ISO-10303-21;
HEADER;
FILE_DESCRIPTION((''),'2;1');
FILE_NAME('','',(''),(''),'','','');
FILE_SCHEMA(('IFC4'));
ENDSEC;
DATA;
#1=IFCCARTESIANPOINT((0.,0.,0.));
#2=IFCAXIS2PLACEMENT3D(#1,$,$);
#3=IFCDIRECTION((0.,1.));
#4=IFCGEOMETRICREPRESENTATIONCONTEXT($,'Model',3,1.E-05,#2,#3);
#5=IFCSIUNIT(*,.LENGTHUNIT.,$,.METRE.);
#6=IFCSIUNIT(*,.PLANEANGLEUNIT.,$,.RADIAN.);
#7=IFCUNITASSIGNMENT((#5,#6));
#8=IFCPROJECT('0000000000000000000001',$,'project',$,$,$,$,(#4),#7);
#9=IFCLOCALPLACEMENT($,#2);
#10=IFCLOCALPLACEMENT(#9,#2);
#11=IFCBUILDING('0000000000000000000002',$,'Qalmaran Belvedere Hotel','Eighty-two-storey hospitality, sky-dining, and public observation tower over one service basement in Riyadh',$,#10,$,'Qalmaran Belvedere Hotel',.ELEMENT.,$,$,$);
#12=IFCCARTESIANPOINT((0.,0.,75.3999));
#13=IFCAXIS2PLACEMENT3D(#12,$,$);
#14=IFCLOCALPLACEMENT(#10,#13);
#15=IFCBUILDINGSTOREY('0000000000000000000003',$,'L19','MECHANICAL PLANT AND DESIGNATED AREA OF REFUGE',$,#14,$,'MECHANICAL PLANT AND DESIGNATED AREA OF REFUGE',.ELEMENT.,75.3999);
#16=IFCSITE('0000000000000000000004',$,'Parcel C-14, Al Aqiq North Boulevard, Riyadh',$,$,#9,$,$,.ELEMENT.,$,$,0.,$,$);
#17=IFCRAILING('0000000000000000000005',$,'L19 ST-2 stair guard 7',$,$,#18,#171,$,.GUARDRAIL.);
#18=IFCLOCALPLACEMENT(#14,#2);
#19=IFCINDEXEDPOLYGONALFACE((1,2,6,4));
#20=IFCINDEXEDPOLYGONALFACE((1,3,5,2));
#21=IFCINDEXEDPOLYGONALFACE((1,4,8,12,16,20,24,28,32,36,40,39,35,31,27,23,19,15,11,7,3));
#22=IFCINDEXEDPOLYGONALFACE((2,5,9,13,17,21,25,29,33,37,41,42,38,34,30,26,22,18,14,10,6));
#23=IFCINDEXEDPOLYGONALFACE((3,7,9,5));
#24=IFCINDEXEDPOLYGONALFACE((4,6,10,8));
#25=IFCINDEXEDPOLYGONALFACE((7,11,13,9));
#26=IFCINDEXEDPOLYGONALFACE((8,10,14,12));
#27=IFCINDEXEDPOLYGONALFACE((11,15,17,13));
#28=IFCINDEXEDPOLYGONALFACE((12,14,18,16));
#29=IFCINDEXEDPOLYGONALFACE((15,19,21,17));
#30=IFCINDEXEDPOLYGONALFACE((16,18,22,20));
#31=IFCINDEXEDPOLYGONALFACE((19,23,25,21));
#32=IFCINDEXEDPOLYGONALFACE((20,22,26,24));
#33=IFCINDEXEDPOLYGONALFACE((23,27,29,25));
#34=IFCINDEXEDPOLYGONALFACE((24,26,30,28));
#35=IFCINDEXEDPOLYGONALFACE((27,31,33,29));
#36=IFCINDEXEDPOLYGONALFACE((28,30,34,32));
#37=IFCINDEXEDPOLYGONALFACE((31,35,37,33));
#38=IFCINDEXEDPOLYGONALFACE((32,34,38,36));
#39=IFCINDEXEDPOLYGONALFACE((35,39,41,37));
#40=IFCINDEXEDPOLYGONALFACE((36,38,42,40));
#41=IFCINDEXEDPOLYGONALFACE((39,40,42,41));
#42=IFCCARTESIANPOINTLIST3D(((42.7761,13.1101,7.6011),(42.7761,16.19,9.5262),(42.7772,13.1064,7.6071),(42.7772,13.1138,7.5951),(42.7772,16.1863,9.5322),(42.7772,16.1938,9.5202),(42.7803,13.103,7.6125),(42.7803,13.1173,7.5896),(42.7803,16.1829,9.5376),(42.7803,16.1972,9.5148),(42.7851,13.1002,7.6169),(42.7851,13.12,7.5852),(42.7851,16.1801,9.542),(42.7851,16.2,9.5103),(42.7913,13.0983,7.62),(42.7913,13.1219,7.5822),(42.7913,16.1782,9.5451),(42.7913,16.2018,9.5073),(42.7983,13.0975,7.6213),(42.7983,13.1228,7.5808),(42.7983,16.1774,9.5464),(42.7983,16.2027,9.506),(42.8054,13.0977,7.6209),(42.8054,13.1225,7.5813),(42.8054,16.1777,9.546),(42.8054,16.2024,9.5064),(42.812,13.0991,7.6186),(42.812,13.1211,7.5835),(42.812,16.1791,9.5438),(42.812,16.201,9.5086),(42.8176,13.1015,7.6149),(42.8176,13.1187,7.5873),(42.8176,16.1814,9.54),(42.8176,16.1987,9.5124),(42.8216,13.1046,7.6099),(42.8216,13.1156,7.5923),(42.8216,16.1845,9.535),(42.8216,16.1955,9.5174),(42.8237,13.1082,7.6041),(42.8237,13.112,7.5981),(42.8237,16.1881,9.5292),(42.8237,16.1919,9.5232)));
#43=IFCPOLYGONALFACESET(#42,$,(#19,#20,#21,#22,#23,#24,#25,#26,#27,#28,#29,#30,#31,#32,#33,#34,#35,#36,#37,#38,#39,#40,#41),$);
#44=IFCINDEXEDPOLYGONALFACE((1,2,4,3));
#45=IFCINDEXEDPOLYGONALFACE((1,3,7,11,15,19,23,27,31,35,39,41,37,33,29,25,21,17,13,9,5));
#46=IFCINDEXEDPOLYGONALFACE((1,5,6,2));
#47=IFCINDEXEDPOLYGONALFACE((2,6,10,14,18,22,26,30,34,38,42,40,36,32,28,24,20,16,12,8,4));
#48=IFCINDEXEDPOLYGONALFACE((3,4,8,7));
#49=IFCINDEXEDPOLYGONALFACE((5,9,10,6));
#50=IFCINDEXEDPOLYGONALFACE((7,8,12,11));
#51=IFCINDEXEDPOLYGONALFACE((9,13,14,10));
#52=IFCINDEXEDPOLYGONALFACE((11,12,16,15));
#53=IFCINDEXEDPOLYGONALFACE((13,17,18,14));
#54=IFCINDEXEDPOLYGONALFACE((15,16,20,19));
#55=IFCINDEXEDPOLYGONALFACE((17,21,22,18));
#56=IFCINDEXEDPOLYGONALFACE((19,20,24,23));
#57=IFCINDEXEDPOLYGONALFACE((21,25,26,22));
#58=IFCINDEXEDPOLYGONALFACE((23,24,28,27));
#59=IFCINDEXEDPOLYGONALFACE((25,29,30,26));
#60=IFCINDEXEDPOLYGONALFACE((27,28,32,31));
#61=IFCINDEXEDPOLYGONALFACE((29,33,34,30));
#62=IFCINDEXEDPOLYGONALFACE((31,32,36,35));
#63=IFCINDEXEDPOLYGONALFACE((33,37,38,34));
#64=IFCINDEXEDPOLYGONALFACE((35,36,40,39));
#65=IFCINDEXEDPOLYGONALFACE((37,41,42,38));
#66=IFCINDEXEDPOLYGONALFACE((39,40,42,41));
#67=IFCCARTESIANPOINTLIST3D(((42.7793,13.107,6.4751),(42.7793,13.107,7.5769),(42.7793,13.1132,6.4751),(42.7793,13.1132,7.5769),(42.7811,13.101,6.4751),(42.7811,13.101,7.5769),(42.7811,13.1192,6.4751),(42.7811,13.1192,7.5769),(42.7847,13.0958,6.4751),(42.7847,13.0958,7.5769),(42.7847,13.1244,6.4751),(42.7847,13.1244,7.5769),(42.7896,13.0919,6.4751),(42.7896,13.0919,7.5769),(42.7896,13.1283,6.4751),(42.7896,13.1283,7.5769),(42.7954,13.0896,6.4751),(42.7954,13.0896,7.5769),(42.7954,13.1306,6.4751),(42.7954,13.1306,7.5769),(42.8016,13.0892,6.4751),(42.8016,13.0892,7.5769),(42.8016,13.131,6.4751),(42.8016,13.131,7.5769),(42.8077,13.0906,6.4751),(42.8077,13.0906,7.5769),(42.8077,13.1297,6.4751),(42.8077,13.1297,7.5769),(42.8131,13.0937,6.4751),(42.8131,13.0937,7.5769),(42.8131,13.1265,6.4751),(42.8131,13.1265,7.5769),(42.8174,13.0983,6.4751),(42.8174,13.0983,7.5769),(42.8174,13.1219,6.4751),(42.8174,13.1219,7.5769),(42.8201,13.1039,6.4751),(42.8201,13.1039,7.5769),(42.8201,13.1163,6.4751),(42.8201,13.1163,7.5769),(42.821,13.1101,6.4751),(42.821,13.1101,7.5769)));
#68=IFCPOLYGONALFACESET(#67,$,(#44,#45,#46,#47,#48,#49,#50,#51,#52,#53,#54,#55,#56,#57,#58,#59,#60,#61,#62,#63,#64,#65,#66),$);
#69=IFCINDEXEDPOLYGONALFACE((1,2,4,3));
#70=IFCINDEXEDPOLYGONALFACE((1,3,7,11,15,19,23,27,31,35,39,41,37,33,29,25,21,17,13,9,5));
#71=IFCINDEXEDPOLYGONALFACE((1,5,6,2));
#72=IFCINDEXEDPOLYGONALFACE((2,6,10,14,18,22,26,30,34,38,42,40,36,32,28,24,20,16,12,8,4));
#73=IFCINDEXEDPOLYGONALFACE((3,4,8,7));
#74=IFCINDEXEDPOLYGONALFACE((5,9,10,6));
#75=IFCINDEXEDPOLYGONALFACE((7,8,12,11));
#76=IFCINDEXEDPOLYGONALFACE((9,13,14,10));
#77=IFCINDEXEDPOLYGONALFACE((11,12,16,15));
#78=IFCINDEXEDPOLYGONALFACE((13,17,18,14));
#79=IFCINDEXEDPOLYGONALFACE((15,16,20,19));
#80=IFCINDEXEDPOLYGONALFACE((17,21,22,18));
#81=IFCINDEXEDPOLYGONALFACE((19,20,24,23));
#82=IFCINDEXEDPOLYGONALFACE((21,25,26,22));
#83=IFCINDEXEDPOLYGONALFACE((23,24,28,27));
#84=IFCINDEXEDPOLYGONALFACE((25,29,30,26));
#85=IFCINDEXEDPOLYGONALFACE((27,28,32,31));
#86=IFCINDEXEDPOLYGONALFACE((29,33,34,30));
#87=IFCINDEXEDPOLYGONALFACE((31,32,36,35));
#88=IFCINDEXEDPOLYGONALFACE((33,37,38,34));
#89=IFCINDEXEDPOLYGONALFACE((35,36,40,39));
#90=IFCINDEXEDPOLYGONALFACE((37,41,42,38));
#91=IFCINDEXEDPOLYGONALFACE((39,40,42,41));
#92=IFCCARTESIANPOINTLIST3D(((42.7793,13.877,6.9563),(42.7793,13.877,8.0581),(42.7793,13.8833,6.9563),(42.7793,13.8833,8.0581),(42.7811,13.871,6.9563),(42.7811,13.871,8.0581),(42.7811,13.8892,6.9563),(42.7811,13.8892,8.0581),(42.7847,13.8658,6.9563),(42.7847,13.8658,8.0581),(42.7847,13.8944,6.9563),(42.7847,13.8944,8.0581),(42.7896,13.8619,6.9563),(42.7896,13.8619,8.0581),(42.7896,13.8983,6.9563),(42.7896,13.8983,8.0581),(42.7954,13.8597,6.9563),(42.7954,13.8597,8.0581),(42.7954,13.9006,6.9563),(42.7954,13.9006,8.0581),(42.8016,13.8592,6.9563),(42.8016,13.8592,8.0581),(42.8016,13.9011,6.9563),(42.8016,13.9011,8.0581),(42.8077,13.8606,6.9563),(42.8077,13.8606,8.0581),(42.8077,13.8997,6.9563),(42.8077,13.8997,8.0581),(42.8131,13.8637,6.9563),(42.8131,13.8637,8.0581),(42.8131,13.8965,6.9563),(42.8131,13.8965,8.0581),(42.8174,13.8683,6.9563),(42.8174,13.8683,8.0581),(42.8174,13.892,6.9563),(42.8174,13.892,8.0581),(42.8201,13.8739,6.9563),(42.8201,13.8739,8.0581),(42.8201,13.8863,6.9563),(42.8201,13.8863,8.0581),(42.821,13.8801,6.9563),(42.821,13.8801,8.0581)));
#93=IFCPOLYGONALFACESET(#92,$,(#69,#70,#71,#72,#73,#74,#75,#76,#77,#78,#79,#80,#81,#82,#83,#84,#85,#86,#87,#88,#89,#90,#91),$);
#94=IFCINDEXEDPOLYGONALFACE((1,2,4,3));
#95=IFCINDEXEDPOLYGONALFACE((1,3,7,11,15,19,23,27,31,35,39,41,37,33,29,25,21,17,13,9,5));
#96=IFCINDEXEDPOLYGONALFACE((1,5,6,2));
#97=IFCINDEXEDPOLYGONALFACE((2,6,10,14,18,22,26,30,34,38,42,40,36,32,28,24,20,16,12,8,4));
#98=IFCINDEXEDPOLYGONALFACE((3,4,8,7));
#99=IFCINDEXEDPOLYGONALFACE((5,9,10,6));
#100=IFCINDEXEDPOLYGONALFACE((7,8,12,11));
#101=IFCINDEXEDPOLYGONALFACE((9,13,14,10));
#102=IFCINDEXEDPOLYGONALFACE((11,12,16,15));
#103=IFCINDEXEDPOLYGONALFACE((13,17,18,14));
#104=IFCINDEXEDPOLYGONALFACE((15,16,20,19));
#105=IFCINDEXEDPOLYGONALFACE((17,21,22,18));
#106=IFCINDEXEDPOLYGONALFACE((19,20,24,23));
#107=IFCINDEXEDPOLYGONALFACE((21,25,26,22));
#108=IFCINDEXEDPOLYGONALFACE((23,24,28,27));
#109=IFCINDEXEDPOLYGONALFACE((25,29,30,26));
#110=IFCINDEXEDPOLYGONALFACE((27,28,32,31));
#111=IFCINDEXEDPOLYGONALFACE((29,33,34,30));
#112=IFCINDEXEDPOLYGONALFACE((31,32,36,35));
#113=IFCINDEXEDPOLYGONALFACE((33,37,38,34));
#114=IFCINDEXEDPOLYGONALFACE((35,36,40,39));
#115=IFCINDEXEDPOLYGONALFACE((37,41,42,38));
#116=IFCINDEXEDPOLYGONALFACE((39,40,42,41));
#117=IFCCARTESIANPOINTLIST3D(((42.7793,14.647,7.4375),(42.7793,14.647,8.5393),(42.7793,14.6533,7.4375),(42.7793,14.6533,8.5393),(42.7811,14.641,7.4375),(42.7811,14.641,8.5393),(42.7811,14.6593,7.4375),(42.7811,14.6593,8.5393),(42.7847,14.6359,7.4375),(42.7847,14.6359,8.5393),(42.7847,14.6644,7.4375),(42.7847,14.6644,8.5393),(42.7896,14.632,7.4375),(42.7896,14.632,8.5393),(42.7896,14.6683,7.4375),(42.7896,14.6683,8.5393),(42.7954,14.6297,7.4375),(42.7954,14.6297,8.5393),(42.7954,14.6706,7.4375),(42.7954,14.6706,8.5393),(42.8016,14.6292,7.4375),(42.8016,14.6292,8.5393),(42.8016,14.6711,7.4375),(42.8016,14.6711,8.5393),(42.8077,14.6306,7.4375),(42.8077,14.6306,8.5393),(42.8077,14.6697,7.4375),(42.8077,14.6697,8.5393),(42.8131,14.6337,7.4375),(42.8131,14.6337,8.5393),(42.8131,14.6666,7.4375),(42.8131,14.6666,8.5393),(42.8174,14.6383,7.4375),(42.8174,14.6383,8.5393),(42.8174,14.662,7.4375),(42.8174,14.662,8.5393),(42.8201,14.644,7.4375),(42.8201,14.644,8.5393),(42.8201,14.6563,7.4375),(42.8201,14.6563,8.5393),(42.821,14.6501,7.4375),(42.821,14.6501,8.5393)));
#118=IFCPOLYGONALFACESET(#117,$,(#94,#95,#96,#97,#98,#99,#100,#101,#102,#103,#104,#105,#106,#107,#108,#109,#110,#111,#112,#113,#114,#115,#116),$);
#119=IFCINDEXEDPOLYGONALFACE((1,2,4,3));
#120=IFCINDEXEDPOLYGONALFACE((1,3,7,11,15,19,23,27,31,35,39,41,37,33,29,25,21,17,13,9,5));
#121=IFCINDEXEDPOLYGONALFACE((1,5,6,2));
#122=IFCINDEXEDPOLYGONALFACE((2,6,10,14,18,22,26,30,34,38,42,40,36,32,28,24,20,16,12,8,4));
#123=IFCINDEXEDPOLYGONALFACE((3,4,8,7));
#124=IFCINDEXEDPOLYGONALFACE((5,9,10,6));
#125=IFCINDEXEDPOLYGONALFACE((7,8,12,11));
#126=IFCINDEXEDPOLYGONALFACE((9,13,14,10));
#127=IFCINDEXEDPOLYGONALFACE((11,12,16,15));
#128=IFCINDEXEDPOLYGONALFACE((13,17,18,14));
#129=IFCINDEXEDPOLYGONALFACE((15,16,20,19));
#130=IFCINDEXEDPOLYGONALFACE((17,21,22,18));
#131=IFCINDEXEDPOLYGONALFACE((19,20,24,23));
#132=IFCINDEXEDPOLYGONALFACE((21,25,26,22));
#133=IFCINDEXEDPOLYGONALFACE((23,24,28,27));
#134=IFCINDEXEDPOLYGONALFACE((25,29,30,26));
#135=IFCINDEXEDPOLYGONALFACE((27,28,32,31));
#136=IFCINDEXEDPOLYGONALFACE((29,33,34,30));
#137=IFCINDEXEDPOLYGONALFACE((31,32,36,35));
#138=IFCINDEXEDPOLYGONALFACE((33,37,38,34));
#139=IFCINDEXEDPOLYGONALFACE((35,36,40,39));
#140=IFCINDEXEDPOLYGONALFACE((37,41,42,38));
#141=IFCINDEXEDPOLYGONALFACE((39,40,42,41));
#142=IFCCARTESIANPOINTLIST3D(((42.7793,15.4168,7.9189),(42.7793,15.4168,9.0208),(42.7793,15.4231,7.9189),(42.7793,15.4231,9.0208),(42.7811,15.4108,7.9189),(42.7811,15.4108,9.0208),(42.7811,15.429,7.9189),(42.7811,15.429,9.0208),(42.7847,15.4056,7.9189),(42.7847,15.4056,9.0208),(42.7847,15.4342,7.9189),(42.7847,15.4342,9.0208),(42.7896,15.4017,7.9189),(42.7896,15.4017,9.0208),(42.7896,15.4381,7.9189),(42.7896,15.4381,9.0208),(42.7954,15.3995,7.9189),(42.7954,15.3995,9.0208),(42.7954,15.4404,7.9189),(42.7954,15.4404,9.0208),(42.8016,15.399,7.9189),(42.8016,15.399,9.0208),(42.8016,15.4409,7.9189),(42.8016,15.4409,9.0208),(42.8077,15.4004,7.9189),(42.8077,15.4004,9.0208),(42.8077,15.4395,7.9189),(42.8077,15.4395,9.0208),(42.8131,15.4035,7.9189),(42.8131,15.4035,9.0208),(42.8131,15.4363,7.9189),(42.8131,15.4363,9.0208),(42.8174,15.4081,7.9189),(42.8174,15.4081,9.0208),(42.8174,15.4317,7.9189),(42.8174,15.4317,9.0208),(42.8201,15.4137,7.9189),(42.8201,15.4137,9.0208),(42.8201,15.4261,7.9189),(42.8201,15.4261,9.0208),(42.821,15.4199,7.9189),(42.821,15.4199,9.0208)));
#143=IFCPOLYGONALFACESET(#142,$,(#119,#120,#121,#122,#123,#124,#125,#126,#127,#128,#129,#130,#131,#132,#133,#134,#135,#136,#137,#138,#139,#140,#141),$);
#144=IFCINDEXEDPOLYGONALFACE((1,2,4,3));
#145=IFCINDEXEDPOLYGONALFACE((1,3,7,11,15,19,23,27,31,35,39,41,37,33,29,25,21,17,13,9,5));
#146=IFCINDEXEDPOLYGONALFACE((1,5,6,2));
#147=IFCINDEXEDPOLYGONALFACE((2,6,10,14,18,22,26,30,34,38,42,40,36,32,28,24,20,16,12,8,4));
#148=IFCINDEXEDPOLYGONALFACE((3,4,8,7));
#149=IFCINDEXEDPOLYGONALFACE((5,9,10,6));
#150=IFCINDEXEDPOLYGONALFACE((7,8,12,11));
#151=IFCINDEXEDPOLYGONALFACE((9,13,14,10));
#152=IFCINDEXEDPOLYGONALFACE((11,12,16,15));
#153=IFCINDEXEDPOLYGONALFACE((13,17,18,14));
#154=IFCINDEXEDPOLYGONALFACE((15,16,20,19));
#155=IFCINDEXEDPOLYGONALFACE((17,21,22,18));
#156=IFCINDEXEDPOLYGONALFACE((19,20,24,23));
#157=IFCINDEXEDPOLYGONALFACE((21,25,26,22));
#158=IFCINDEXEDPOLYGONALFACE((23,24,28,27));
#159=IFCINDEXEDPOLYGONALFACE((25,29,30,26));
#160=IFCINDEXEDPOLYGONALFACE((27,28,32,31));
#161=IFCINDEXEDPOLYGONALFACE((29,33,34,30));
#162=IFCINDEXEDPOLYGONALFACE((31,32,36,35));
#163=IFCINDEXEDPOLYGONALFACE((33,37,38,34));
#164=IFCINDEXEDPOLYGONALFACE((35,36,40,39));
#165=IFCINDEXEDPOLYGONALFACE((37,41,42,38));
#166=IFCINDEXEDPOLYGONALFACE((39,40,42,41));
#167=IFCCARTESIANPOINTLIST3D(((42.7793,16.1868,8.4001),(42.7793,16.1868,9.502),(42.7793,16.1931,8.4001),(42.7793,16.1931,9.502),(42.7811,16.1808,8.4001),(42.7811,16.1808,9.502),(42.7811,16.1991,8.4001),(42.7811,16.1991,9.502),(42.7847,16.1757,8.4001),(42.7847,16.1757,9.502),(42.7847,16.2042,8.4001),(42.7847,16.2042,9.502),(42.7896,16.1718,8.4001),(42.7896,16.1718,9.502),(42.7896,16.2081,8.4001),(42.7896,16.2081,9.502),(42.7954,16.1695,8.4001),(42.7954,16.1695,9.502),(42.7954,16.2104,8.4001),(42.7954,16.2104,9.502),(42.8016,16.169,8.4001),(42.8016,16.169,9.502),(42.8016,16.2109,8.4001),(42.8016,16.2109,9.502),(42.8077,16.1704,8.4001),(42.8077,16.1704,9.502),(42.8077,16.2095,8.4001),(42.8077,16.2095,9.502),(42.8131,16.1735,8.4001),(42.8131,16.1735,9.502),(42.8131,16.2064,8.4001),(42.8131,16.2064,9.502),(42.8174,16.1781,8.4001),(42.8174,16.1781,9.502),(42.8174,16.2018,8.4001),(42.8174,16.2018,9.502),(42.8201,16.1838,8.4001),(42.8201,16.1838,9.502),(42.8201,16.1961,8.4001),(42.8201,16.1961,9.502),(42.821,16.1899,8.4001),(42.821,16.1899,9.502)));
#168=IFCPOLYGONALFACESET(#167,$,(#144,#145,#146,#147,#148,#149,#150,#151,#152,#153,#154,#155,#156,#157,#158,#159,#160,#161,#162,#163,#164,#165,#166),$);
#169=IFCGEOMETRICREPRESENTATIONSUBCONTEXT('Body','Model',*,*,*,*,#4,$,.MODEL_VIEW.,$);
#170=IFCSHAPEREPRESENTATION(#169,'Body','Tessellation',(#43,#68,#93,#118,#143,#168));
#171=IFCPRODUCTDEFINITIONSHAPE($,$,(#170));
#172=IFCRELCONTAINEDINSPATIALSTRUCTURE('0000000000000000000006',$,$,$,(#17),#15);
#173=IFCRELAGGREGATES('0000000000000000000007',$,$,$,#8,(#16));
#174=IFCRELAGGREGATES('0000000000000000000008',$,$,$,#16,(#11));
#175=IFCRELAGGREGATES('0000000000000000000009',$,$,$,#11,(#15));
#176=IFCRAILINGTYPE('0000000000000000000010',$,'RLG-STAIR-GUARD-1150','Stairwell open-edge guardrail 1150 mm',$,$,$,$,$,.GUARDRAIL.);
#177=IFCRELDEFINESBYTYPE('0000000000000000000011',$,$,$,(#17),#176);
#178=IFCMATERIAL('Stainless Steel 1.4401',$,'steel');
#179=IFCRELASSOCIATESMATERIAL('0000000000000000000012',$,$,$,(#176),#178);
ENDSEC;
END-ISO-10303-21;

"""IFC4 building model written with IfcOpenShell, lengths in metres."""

from ifc_helpers import new_model, si_unit, direction, frame, origin, origin_2d, place, context, subcontext, project, spatial, circle, extrude, material, type_object, element, save


model = new_model("IFC4")

# Units and contexts
model_context = context("Model", 3, precision=1e-05, world=origin(), true_north=direction((0.0, 1.0)))
body_context = subcontext(model_context, "Body", "Model", "MODEL_VIEW")
ifc_project = project(units=[si_unit("LENGTHUNIT", "METRE"), si_unit("PLANEANGLEUNIT", "RADIAN")], contexts=[model_context])

# Site, building, storey
site_placement = place(None, origin())
site = spatial("IfcSite", under=ifc_project, at=site_placement, Name="Parcel C-14, Al Aqiq North Boulevard, Riyadh", CompositionType="ELEMENT", RefElevation=0.0)
building_placement = place(site_placement, origin())
building = spatial("IfcBuilding", under=site, at=building_placement, Name="Qalmaran Belvedere Hotel", Description="Eighty-two-storey hospitality, sky-dining, and public observation tower over one service basement in Riyadh", LongName="Qalmaran Belvedere Hotel", CompositionType="ELEMENT")
storey_placement = place(building_placement, frame((0.0, 0.0, 75.3999)))
storey = spatial("IfcBuildingStorey", under=building, at=storey_placement, Name="L19", Description="MECHANICAL PLANT AND DESIGNATED AREA OF REFUGE", LongName="MECHANICAL PLANT AND DESIGNATED AREA OF REFUGE", CompositionType="ELEMENT", Elevation=75.3999)

# Railing
ifc_material_1 = material(Name="Stainless Steel 1.4401", Category="steel")
railing_type_1 = type_object("IfcRailingType", Name="RLG-STAIR-GUARD-1150", Description="Stairwell open-edge guardrail 1150 mm", PredefinedType="GUARDRAIL", material=ifc_material_1)
railing_1_placement = place(storey_placement, frame((42.8, 13.1101, 6.4751)))
element("IfcRailing", 1, at=railing_1_placement, inside=storey, type_object=railing_type_1, Name="L19 ST-2 stair guard 7", PredefinedType="GUARDRAIL", context=body_context, shape_type="SweptSolid", body=[
    extrude(circle(Radius=0.0239, at=origin_2d()), frame((0.0, 0.0, 1.126), z_axis=(0.0, 0.847979, 0.530029), x_axis=(-1.0, 0.0, 0.0)), (0.0, 0.0, 1.0), 3.6321),
    extrude(circle(Radius=0.021, at=origin_2d()), origin(), (0.0, 0.0, 1.0), 1.1018),
    extrude(circle(Radius=0.021, at=origin_2d()), frame((0.0, 0.77, 0.4812)), (0.0, 0.0, 1.0), 1.1018),
    extrude(circle(Radius=0.021, at=origin_2d()), frame((0.0, 1.54, 0.9624)), (0.0, 0.0, 1.0), 1.1018),
    extrude(circle(Radius=0.021, at=origin_2d()), frame((0.0, 2.3098, 1.4438)), (0.0, 0.0, 1.0), 1.1018),
    extrude(circle(Radius=0.021, at=origin_2d()), frame((0.0, 3.0798, 1.925)), (0.0, 0.0, 1.0), 1.1018),
])

save(model, "model.ifc")
